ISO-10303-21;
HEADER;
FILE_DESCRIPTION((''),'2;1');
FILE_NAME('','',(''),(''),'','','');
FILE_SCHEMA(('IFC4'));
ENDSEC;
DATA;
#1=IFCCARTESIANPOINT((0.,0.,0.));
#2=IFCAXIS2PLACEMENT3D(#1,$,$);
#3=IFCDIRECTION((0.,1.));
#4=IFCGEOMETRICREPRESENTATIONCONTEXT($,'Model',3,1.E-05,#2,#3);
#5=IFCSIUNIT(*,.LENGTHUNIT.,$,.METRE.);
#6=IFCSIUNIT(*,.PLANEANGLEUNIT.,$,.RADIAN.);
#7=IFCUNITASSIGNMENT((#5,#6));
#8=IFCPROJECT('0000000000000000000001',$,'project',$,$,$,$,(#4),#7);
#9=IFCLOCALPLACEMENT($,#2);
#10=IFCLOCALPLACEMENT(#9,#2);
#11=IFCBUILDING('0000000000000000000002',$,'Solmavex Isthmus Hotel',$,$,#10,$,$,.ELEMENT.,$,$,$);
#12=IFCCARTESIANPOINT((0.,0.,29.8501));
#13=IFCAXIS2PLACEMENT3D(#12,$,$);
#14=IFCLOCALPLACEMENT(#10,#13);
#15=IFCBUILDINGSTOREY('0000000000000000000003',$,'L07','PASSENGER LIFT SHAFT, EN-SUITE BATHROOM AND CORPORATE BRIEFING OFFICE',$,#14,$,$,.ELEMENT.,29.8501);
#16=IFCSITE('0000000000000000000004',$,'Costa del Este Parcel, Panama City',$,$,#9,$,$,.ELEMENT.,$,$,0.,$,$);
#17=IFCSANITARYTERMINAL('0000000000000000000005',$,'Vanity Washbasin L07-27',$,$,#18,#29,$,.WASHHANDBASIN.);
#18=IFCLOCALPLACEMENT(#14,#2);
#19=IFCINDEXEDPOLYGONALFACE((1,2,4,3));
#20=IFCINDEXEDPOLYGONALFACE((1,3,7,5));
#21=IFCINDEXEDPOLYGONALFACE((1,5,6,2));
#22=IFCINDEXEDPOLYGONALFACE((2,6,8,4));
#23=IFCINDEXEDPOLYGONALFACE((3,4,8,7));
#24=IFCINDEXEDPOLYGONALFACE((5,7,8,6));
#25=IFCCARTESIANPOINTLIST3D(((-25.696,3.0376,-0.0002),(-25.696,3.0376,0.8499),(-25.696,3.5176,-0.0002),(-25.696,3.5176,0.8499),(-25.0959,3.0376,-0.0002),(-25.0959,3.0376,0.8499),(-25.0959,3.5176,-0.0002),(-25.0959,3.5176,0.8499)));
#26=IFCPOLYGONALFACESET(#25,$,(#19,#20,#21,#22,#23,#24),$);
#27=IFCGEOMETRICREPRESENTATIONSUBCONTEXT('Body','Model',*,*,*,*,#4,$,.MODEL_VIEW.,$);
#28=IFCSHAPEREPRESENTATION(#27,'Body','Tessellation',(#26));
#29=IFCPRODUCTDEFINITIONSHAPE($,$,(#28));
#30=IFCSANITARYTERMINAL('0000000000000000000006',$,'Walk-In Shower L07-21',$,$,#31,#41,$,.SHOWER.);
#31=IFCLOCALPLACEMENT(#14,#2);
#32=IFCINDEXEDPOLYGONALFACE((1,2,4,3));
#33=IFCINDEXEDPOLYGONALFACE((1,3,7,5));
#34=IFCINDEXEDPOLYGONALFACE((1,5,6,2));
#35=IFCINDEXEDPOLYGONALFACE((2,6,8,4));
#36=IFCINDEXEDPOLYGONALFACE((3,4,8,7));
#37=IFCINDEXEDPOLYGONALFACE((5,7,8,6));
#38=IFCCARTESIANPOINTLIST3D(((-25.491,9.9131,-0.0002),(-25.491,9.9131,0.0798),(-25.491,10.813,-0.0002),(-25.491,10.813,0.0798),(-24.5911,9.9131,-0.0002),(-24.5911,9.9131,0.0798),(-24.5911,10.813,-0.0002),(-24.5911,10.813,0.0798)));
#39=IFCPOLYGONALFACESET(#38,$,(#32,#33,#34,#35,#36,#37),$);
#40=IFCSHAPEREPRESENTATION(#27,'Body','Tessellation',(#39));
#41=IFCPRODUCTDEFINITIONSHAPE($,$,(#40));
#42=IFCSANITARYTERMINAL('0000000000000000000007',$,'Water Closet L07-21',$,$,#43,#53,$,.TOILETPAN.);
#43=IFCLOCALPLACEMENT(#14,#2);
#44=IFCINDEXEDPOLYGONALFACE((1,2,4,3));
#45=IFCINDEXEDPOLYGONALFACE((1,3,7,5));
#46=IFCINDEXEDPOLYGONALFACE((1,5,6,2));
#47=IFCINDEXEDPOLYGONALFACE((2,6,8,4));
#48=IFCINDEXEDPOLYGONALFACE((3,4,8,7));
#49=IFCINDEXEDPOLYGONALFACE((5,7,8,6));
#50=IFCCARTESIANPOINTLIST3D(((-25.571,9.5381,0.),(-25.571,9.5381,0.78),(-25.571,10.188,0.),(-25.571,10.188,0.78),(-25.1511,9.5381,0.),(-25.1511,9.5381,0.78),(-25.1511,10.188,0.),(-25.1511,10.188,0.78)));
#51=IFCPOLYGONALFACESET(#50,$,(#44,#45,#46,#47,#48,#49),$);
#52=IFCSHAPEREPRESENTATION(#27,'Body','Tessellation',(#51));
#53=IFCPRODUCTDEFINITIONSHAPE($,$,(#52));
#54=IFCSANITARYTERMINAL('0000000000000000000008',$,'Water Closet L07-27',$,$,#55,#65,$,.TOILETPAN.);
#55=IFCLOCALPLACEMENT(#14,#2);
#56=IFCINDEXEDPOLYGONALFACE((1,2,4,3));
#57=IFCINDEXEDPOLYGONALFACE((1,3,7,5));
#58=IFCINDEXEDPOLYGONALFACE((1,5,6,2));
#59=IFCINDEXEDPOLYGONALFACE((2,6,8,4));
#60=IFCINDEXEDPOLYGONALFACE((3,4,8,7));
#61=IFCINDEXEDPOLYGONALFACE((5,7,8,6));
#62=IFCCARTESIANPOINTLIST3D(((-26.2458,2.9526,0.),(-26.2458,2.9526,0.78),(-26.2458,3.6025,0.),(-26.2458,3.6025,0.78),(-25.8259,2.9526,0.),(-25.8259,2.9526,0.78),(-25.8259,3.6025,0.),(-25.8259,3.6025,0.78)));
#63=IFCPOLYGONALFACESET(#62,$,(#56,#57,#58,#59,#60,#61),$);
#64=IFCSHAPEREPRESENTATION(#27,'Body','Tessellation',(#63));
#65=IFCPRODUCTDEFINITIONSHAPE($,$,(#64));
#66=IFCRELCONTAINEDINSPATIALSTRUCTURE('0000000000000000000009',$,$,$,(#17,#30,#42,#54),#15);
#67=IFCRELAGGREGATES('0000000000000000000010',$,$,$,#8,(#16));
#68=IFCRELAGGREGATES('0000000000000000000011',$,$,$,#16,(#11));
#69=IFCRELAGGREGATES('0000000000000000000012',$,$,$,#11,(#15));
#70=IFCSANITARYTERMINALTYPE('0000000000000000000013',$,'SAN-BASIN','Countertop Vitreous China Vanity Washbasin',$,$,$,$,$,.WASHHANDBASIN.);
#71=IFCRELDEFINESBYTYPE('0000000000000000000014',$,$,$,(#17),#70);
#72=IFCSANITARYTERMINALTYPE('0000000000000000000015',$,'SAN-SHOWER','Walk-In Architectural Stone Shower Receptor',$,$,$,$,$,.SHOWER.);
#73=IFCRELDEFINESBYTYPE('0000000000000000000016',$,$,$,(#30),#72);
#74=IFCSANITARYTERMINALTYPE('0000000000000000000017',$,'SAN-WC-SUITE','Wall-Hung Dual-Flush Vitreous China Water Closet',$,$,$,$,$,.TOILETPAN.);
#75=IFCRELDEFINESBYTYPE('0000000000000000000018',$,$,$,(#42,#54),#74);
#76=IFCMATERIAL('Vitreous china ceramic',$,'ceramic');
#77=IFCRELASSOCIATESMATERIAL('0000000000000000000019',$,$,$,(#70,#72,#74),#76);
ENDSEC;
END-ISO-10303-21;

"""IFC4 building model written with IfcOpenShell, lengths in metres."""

from ifc_helpers import new_model, si_unit, direction, frame, origin, origin_2d, place, context, subcontext, project, spatial, rectangle, extrude, material, type_object, element, save


model = new_model("IFC4")

# Units and contexts
model_context = context("Model", 3, precision=1e-05, world=origin(), true_north=direction((0.0, 1.0)))
body_context = subcontext(model_context, "Body", "Model", "MODEL_VIEW")
ifc_project = project(units=[si_unit("LENGTHUNIT", "METRE"), si_unit("PLANEANGLEUNIT", "RADIAN")], contexts=[model_context])

# Site, building, storey
site_placement = place(None, origin())
site = spatial("IfcSite", under=ifc_project, at=site_placement, Name="Costa del Este Parcel, Panama City", CompositionType="ELEMENT", RefElevation=0.0)
building_placement = place(site_placement, origin())
building = spatial("IfcBuilding", under=site, at=building_placement, Name="Solmavex Isthmus Hotel", CompositionType="ELEMENT")
storey_placement = place(building_placement, frame((0.0, 0.0, 29.8501)))
storey = spatial("IfcBuildingStorey", under=building, at=storey_placement, Name="L07", Description="PASSENGER LIFT SHAFT, EN-SUITE BATHROOM AND CORPORATE BRIEFING OFFICE", CompositionType="ELEMENT", Elevation=29.8501)

# Sanitary terminals
ifc_material_1 = material(Name="Vitreous china ceramic", Category="ceramic")
sanitary_terminal_type_1 = type_object("IfcSanitaryTerminalType", Name="SAN-BASIN", Description="Countertop Vitreous China Vanity Washbasin", PredefinedType="WASHHANDBASIN", material=ifc_material_1)
for number, where, z_axis, x_axis, name in (
    (1, (-25.396, 3.2776, -0.0002), (0.0, 0.0, 1.0), (1.0, 0.0, 0.0), "Vanity Washbasin L07-27"),
):
    element("IfcSanitaryTerminal", number, at=place(storey_placement, frame(where, z_axis=z_axis, x_axis=x_axis)), inside=storey, type_object=sanitary_terminal_type_1, Name=name, PredefinedType="WASHHANDBASIN", context=body_context, shape_type="SweptSolid", body=[
        extrude(rectangle(XDim=0.6001, YDim=0.48, at=origin_2d()), origin(), (0.0, 0.0, 1.0), 0.8501),
    ])
sanitary_terminal_type_2 = type_object("IfcSanitaryTerminalType", Name="SAN-SHOWER", Description="Walk-In Architectural Stone Shower Receptor", PredefinedType="SHOWER", material=ifc_material_1)
sanitary_terminal_placement = place(storey_placement, frame((-25.041, 10.363, -0.0002), z_axis=(0.0, 0.0, 1.0), x_axis=(1.0, 0.0, 0.0)))
element("IfcSanitaryTerminal", 2, at=sanitary_terminal_placement, inside=storey, type_object=sanitary_terminal_type_2, Name="Walk-In Shower L07-21", PredefinedType="SHOWER", context=body_context, shape_type="SweptSolid", body=[
    extrude(rectangle(XDim=0.8999, YDim=0.8999, at=origin_2d()), origin(), (0.0, 0.0, 1.0), 0.0801),
])
sanitary_terminal_type_3 = type_object("IfcSanitaryTerminalType", Name="SAN-WC-SUITE", Description="Wall-Hung Dual-Flush Vitreous China Water Closet", PredefinedType="TOILETPAN", material=ifc_material_1)
for number, where, z_axis, x_axis, name in (
    (3, (-25.3611, 9.863, 0.0), (0.0, 0.0, 1.0), (1.0, 0.0, 0.0), "Water Closet L07-21"),
    (4, (-26.0359, 3.2776, 0.0), (0.0, 0.0, 1.0), (1.0, 0.0, 0.0), "Water Closet L07-27"),
):
    element("IfcSanitaryTerminal", number, at=place(storey_placement, frame(where, z_axis=z_axis, x_axis=x_axis)), inside=storey, type_object=sanitary_terminal_type_3, Name=name, PredefinedType="TOILETPAN", context=body_context, shape_type="SweptSolid", body=[
        extrude(rectangle(XDim=0.4199, YDim=0.6499, at=origin_2d()), origin(), (0.0, 0.0, 1.0), 0.78),
    ])

save(model, "model.ifc")
